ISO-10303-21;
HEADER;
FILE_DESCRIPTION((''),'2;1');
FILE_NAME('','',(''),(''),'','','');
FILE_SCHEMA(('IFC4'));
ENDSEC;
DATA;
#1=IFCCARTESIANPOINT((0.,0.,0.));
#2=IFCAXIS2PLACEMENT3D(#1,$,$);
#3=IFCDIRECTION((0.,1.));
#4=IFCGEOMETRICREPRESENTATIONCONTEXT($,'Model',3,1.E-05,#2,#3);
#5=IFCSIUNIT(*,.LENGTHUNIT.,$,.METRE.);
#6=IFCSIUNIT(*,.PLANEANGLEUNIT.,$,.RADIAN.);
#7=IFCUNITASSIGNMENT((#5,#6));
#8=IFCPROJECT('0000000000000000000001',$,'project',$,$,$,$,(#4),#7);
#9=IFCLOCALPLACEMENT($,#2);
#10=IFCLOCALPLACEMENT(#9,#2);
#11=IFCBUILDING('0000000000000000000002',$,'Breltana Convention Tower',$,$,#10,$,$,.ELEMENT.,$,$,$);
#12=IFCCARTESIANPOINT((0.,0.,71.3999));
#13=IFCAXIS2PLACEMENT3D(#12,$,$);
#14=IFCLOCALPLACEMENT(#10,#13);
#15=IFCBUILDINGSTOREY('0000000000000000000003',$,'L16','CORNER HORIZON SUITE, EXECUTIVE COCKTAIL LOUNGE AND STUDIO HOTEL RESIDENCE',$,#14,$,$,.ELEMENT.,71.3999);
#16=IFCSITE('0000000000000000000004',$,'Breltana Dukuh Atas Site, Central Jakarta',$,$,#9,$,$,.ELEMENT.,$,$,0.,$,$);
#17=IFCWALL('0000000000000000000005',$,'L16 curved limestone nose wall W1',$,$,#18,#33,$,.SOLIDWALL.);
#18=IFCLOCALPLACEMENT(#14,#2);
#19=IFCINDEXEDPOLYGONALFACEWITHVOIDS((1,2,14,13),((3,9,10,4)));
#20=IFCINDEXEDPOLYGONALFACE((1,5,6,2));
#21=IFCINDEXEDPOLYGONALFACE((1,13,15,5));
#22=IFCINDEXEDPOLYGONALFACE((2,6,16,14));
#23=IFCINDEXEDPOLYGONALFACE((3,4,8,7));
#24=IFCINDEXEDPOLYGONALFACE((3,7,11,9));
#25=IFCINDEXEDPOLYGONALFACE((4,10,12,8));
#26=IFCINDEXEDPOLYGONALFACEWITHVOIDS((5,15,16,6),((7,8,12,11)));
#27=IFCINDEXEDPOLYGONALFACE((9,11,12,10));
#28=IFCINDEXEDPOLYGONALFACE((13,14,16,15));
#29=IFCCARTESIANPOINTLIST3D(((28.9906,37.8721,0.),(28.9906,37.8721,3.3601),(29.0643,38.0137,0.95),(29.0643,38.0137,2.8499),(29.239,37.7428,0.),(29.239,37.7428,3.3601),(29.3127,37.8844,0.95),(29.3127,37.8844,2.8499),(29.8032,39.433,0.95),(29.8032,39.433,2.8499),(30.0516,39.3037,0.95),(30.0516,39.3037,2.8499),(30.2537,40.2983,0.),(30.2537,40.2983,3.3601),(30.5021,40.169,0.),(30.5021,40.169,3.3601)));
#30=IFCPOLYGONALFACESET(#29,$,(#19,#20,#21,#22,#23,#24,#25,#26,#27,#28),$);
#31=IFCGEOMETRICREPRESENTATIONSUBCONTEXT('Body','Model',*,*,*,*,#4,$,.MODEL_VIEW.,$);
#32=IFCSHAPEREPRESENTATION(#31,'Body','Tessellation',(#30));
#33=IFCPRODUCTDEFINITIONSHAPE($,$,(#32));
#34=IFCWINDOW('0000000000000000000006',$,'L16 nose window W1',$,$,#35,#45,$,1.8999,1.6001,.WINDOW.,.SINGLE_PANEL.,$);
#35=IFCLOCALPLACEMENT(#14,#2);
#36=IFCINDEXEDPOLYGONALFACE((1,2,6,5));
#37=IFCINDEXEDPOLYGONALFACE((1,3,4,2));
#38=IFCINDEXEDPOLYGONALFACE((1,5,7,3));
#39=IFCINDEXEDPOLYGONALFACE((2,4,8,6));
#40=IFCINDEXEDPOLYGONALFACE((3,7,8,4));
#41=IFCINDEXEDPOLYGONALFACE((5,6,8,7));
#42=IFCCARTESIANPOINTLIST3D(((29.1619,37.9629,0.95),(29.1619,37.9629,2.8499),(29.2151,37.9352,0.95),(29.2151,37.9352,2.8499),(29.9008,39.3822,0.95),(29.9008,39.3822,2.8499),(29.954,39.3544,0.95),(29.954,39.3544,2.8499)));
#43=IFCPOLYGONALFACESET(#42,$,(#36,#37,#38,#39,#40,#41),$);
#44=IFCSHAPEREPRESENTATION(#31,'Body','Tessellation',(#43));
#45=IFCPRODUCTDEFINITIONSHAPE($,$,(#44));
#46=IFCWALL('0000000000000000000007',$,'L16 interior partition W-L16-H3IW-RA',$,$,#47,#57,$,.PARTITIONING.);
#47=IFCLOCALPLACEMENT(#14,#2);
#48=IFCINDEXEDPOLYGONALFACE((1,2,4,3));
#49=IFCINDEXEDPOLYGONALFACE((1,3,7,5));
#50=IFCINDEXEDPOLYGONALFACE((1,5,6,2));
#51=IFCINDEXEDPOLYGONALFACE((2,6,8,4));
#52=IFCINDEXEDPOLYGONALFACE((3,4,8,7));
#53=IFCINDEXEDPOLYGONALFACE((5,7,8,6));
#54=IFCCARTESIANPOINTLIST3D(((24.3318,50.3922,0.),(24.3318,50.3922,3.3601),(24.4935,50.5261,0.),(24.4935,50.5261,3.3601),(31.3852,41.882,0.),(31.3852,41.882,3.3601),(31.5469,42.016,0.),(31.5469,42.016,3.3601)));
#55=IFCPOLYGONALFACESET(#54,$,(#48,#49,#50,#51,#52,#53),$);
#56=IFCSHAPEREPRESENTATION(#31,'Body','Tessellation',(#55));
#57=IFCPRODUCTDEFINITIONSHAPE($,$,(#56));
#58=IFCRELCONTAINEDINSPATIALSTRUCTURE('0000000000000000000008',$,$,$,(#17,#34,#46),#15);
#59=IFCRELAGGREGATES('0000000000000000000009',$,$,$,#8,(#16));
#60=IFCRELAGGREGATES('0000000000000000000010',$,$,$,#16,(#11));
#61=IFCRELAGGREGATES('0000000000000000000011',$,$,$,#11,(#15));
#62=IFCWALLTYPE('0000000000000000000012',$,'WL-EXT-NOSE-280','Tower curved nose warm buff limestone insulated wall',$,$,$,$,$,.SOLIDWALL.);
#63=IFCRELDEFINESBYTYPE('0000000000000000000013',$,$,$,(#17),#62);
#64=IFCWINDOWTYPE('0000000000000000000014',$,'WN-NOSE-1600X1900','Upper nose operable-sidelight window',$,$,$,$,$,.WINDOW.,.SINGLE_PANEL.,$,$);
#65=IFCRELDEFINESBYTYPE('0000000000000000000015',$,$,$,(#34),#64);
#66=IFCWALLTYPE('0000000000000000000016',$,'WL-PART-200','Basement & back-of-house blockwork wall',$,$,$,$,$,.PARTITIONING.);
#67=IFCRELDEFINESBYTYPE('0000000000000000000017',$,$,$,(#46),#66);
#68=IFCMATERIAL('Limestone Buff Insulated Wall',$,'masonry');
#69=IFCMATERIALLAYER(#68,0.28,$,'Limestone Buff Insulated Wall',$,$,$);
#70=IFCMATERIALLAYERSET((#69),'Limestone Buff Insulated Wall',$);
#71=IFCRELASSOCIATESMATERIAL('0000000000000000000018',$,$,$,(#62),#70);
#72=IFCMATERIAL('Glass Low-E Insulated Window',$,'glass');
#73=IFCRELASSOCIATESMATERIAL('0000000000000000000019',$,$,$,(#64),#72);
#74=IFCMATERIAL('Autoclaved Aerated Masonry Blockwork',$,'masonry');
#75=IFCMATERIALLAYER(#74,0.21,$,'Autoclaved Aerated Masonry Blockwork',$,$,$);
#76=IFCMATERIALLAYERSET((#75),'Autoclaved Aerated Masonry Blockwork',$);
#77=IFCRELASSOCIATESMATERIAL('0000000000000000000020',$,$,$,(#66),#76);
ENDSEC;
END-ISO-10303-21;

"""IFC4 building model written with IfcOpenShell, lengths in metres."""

from ifc_helpers import new_model, si_unit, direction, frame, frame_2d, origin, place, context, subcontext, project, spatial, rectangle, extrude, source, transform, mapped, material, layer, layer_set, type_object, type_shapes, element, fill, save


model = new_model("IFC4")

# Units and contexts
model_context = context("Model", 3, precision=1e-05, world=origin(), true_north=direction((0.0, 1.0)))
body_context = subcontext(model_context, "Body", "Model", "MODEL_VIEW")
ifc_project = project(units=[si_unit("LENGTHUNIT", "METRE"), si_unit("PLANEANGLEUNIT", "RADIAN")], contexts=[model_context])

# Site, building, storey
site_placement = place(None, origin())
site = spatial("IfcSite", under=ifc_project, at=site_placement, Name="Breltana Dukuh Atas Site, Central Jakarta", CompositionType="ELEMENT", RefElevation=0.0)
building_placement = place(site_placement, origin())
building = spatial("IfcBuilding", under=site, at=building_placement, Name="Breltana Convention Tower", CompositionType="ELEMENT")
storey_placement = place(building_placement, frame((0.0, 0.0, 71.3999)))
storey = spatial("IfcBuildingStorey", under=building, at=storey_placement, Name="L16", Description="CORNER HORIZON SUITE, EXECUTIVE COCKTAIL LOUNGE AND STUDIO HOTEL RESIDENCE", CompositionType="ELEMENT", Elevation=71.3999)

# Wall, opening, window
ifc_material_1 = material(Name="Limestone Buff Insulated Wall", Category="masonry")
ifc_layer_1 = layer(ifc_material_1, 0.28, Name="Limestone Buff Insulated Wall")
ifc_layer_set_1 = layer_set([ifc_layer_1], Name="Limestone Buff Insulated Wall")
wall_type_1 = type_object("IfcWallType", Name="WL-EXT-NOSE-280", Description="Tower curved nose warm buff limestone insulated wall", PredefinedType="SOLIDWALL", material=ifc_layer_set_1)
ifc_material_2 = material(Name="Glass Low-E Insulated Window", Category="glass")
window_type = type_object("IfcWindowType", Name="WN-NOSE-1600X1900", Description="Upper nose operable-sidelight window", PartitioningType="SINGLE_PANEL", PredefinedType="WINDOW", material=ifc_material_2)
shared_shape_1 = source(origin(), body_context, "Body", "SweptSolid", [
    extrude(rectangle(XDim=1.6001, YDim=1.8999, at=frame_2d((0.8, 0.95))), frame((0.0, 0.03, 0.0), z_axis=(0.0, -1.0, 0.0), x_axis=(1.0, 0.0, 0.0)), (0.0, 0.0, 1.0), 0.0601),
])
type_shapes(window_type, [shared_shape_1])
shared_shape_2 = source(origin(), body_context, "Body", "SweptSolid", [
    extrude(rectangle(XDim=2.7354, YDim=0.28, at=frame_2d((1.3677, 0.0))), origin(), (0.0, 0.0, 1.0), 3.3601),
])
wall_1_placement = place(storey_placement, frame((30.3779, 40.2336, 0.0), z_axis=(0.0, 0.0, 1.0), x_axis=(-0.461791, -0.886989, 0.0)))
wall_1 = element("IfcWall", 1, at=wall_1_placement, inside=storey, type_object=wall_type_1, Name="L16 curved limestone nose wall W1", PredefinedType="SOLIDWALL", context=body_context, shape_type="MappedRepresentation", body=[
    mapped(shared_shape_2, transform((0.0, 0.0, 0.0), scale=1.0)),
])
opening_1_placement = place(wall_1_placement, frame((0.9756, 0.0, 0.95)))
opening_1 = element("IfcOpeningElement", 2, at=opening_1_placement, cuts=wall_1, PredefinedType="OPENING", context=body_context, shape_type="SweptSolid", body=[
    extrude(rectangle(XDim=1.6001, YDim=1.8999, at=frame_2d((0.8, 0.95))), frame((0.0, 0.1499, 0.0), z_axis=(0.0, -1.0, 0.0), x_axis=(1.0, 0.0, 0.0)), (0.0, 0.0, 1.0), 0.3),
])
window_1_placement = place(opening_1_placement, origin())
window_1 = element("IfcWindow", 3, at=window_1_placement, inside=storey, type_object=window_type, Name="L16 nose window W1", OverallHeight=1.8999, OverallWidth=1.6001, PartitioningType="SINGLE_PANEL", PredefinedType="WINDOW", context=body_context, shape_type="MappedRepresentation", body=[
    mapped(shared_shape_1, transform((0.0, 0.0, 0.0), scale=1.0)),
])
fill(opening_1, window_1)

# Wall
ifc_material_3 = material(Name="Autoclaved Aerated Masonry Blockwork", Category="masonry")
ifc_layer_2 = layer(ifc_material_3, 0.21, Name="Autoclaved Aerated Masonry Blockwork")
ifc_layer_set_2 = layer_set([ifc_layer_2], Name="Autoclaved Aerated Masonry Blockwork")
wall_type_2 = type_object("IfcWallType", Name="WL-PART-200", Description="Basement & back-of-house blockwork wall", PredefinedType="PARTITIONING", material=ifc_layer_set_2)
shared_shape_3 = source(origin(), body_context, "Body", "SweptSolid", [
    extrude(rectangle(XDim=11.0532, YDim=0.21, at=frame_2d((5.5266, 0.0))), origin(), (0.0, 0.0, 1.0), 3.3601),
])
wall_2_placement = place(storey_placement, frame((31.4661, 41.949, 0.0), z_axis=(0.0, 0.0, 1.0), x_axis=(-0.638131, 0.769928, 0.0)))
element("IfcWall", 4, at=wall_2_placement, inside=storey, type_object=wall_type_2, Name="L16 interior partition W-L16-H3IW-RA", PredefinedType="PARTITIONING", context=body_context, shape_type="MappedRepresentation", body=[
    mapped(shared_shape_3, transform((0.0, 0.0, 0.0), scale=1.0)),
])

save(model, "model.ifc")
